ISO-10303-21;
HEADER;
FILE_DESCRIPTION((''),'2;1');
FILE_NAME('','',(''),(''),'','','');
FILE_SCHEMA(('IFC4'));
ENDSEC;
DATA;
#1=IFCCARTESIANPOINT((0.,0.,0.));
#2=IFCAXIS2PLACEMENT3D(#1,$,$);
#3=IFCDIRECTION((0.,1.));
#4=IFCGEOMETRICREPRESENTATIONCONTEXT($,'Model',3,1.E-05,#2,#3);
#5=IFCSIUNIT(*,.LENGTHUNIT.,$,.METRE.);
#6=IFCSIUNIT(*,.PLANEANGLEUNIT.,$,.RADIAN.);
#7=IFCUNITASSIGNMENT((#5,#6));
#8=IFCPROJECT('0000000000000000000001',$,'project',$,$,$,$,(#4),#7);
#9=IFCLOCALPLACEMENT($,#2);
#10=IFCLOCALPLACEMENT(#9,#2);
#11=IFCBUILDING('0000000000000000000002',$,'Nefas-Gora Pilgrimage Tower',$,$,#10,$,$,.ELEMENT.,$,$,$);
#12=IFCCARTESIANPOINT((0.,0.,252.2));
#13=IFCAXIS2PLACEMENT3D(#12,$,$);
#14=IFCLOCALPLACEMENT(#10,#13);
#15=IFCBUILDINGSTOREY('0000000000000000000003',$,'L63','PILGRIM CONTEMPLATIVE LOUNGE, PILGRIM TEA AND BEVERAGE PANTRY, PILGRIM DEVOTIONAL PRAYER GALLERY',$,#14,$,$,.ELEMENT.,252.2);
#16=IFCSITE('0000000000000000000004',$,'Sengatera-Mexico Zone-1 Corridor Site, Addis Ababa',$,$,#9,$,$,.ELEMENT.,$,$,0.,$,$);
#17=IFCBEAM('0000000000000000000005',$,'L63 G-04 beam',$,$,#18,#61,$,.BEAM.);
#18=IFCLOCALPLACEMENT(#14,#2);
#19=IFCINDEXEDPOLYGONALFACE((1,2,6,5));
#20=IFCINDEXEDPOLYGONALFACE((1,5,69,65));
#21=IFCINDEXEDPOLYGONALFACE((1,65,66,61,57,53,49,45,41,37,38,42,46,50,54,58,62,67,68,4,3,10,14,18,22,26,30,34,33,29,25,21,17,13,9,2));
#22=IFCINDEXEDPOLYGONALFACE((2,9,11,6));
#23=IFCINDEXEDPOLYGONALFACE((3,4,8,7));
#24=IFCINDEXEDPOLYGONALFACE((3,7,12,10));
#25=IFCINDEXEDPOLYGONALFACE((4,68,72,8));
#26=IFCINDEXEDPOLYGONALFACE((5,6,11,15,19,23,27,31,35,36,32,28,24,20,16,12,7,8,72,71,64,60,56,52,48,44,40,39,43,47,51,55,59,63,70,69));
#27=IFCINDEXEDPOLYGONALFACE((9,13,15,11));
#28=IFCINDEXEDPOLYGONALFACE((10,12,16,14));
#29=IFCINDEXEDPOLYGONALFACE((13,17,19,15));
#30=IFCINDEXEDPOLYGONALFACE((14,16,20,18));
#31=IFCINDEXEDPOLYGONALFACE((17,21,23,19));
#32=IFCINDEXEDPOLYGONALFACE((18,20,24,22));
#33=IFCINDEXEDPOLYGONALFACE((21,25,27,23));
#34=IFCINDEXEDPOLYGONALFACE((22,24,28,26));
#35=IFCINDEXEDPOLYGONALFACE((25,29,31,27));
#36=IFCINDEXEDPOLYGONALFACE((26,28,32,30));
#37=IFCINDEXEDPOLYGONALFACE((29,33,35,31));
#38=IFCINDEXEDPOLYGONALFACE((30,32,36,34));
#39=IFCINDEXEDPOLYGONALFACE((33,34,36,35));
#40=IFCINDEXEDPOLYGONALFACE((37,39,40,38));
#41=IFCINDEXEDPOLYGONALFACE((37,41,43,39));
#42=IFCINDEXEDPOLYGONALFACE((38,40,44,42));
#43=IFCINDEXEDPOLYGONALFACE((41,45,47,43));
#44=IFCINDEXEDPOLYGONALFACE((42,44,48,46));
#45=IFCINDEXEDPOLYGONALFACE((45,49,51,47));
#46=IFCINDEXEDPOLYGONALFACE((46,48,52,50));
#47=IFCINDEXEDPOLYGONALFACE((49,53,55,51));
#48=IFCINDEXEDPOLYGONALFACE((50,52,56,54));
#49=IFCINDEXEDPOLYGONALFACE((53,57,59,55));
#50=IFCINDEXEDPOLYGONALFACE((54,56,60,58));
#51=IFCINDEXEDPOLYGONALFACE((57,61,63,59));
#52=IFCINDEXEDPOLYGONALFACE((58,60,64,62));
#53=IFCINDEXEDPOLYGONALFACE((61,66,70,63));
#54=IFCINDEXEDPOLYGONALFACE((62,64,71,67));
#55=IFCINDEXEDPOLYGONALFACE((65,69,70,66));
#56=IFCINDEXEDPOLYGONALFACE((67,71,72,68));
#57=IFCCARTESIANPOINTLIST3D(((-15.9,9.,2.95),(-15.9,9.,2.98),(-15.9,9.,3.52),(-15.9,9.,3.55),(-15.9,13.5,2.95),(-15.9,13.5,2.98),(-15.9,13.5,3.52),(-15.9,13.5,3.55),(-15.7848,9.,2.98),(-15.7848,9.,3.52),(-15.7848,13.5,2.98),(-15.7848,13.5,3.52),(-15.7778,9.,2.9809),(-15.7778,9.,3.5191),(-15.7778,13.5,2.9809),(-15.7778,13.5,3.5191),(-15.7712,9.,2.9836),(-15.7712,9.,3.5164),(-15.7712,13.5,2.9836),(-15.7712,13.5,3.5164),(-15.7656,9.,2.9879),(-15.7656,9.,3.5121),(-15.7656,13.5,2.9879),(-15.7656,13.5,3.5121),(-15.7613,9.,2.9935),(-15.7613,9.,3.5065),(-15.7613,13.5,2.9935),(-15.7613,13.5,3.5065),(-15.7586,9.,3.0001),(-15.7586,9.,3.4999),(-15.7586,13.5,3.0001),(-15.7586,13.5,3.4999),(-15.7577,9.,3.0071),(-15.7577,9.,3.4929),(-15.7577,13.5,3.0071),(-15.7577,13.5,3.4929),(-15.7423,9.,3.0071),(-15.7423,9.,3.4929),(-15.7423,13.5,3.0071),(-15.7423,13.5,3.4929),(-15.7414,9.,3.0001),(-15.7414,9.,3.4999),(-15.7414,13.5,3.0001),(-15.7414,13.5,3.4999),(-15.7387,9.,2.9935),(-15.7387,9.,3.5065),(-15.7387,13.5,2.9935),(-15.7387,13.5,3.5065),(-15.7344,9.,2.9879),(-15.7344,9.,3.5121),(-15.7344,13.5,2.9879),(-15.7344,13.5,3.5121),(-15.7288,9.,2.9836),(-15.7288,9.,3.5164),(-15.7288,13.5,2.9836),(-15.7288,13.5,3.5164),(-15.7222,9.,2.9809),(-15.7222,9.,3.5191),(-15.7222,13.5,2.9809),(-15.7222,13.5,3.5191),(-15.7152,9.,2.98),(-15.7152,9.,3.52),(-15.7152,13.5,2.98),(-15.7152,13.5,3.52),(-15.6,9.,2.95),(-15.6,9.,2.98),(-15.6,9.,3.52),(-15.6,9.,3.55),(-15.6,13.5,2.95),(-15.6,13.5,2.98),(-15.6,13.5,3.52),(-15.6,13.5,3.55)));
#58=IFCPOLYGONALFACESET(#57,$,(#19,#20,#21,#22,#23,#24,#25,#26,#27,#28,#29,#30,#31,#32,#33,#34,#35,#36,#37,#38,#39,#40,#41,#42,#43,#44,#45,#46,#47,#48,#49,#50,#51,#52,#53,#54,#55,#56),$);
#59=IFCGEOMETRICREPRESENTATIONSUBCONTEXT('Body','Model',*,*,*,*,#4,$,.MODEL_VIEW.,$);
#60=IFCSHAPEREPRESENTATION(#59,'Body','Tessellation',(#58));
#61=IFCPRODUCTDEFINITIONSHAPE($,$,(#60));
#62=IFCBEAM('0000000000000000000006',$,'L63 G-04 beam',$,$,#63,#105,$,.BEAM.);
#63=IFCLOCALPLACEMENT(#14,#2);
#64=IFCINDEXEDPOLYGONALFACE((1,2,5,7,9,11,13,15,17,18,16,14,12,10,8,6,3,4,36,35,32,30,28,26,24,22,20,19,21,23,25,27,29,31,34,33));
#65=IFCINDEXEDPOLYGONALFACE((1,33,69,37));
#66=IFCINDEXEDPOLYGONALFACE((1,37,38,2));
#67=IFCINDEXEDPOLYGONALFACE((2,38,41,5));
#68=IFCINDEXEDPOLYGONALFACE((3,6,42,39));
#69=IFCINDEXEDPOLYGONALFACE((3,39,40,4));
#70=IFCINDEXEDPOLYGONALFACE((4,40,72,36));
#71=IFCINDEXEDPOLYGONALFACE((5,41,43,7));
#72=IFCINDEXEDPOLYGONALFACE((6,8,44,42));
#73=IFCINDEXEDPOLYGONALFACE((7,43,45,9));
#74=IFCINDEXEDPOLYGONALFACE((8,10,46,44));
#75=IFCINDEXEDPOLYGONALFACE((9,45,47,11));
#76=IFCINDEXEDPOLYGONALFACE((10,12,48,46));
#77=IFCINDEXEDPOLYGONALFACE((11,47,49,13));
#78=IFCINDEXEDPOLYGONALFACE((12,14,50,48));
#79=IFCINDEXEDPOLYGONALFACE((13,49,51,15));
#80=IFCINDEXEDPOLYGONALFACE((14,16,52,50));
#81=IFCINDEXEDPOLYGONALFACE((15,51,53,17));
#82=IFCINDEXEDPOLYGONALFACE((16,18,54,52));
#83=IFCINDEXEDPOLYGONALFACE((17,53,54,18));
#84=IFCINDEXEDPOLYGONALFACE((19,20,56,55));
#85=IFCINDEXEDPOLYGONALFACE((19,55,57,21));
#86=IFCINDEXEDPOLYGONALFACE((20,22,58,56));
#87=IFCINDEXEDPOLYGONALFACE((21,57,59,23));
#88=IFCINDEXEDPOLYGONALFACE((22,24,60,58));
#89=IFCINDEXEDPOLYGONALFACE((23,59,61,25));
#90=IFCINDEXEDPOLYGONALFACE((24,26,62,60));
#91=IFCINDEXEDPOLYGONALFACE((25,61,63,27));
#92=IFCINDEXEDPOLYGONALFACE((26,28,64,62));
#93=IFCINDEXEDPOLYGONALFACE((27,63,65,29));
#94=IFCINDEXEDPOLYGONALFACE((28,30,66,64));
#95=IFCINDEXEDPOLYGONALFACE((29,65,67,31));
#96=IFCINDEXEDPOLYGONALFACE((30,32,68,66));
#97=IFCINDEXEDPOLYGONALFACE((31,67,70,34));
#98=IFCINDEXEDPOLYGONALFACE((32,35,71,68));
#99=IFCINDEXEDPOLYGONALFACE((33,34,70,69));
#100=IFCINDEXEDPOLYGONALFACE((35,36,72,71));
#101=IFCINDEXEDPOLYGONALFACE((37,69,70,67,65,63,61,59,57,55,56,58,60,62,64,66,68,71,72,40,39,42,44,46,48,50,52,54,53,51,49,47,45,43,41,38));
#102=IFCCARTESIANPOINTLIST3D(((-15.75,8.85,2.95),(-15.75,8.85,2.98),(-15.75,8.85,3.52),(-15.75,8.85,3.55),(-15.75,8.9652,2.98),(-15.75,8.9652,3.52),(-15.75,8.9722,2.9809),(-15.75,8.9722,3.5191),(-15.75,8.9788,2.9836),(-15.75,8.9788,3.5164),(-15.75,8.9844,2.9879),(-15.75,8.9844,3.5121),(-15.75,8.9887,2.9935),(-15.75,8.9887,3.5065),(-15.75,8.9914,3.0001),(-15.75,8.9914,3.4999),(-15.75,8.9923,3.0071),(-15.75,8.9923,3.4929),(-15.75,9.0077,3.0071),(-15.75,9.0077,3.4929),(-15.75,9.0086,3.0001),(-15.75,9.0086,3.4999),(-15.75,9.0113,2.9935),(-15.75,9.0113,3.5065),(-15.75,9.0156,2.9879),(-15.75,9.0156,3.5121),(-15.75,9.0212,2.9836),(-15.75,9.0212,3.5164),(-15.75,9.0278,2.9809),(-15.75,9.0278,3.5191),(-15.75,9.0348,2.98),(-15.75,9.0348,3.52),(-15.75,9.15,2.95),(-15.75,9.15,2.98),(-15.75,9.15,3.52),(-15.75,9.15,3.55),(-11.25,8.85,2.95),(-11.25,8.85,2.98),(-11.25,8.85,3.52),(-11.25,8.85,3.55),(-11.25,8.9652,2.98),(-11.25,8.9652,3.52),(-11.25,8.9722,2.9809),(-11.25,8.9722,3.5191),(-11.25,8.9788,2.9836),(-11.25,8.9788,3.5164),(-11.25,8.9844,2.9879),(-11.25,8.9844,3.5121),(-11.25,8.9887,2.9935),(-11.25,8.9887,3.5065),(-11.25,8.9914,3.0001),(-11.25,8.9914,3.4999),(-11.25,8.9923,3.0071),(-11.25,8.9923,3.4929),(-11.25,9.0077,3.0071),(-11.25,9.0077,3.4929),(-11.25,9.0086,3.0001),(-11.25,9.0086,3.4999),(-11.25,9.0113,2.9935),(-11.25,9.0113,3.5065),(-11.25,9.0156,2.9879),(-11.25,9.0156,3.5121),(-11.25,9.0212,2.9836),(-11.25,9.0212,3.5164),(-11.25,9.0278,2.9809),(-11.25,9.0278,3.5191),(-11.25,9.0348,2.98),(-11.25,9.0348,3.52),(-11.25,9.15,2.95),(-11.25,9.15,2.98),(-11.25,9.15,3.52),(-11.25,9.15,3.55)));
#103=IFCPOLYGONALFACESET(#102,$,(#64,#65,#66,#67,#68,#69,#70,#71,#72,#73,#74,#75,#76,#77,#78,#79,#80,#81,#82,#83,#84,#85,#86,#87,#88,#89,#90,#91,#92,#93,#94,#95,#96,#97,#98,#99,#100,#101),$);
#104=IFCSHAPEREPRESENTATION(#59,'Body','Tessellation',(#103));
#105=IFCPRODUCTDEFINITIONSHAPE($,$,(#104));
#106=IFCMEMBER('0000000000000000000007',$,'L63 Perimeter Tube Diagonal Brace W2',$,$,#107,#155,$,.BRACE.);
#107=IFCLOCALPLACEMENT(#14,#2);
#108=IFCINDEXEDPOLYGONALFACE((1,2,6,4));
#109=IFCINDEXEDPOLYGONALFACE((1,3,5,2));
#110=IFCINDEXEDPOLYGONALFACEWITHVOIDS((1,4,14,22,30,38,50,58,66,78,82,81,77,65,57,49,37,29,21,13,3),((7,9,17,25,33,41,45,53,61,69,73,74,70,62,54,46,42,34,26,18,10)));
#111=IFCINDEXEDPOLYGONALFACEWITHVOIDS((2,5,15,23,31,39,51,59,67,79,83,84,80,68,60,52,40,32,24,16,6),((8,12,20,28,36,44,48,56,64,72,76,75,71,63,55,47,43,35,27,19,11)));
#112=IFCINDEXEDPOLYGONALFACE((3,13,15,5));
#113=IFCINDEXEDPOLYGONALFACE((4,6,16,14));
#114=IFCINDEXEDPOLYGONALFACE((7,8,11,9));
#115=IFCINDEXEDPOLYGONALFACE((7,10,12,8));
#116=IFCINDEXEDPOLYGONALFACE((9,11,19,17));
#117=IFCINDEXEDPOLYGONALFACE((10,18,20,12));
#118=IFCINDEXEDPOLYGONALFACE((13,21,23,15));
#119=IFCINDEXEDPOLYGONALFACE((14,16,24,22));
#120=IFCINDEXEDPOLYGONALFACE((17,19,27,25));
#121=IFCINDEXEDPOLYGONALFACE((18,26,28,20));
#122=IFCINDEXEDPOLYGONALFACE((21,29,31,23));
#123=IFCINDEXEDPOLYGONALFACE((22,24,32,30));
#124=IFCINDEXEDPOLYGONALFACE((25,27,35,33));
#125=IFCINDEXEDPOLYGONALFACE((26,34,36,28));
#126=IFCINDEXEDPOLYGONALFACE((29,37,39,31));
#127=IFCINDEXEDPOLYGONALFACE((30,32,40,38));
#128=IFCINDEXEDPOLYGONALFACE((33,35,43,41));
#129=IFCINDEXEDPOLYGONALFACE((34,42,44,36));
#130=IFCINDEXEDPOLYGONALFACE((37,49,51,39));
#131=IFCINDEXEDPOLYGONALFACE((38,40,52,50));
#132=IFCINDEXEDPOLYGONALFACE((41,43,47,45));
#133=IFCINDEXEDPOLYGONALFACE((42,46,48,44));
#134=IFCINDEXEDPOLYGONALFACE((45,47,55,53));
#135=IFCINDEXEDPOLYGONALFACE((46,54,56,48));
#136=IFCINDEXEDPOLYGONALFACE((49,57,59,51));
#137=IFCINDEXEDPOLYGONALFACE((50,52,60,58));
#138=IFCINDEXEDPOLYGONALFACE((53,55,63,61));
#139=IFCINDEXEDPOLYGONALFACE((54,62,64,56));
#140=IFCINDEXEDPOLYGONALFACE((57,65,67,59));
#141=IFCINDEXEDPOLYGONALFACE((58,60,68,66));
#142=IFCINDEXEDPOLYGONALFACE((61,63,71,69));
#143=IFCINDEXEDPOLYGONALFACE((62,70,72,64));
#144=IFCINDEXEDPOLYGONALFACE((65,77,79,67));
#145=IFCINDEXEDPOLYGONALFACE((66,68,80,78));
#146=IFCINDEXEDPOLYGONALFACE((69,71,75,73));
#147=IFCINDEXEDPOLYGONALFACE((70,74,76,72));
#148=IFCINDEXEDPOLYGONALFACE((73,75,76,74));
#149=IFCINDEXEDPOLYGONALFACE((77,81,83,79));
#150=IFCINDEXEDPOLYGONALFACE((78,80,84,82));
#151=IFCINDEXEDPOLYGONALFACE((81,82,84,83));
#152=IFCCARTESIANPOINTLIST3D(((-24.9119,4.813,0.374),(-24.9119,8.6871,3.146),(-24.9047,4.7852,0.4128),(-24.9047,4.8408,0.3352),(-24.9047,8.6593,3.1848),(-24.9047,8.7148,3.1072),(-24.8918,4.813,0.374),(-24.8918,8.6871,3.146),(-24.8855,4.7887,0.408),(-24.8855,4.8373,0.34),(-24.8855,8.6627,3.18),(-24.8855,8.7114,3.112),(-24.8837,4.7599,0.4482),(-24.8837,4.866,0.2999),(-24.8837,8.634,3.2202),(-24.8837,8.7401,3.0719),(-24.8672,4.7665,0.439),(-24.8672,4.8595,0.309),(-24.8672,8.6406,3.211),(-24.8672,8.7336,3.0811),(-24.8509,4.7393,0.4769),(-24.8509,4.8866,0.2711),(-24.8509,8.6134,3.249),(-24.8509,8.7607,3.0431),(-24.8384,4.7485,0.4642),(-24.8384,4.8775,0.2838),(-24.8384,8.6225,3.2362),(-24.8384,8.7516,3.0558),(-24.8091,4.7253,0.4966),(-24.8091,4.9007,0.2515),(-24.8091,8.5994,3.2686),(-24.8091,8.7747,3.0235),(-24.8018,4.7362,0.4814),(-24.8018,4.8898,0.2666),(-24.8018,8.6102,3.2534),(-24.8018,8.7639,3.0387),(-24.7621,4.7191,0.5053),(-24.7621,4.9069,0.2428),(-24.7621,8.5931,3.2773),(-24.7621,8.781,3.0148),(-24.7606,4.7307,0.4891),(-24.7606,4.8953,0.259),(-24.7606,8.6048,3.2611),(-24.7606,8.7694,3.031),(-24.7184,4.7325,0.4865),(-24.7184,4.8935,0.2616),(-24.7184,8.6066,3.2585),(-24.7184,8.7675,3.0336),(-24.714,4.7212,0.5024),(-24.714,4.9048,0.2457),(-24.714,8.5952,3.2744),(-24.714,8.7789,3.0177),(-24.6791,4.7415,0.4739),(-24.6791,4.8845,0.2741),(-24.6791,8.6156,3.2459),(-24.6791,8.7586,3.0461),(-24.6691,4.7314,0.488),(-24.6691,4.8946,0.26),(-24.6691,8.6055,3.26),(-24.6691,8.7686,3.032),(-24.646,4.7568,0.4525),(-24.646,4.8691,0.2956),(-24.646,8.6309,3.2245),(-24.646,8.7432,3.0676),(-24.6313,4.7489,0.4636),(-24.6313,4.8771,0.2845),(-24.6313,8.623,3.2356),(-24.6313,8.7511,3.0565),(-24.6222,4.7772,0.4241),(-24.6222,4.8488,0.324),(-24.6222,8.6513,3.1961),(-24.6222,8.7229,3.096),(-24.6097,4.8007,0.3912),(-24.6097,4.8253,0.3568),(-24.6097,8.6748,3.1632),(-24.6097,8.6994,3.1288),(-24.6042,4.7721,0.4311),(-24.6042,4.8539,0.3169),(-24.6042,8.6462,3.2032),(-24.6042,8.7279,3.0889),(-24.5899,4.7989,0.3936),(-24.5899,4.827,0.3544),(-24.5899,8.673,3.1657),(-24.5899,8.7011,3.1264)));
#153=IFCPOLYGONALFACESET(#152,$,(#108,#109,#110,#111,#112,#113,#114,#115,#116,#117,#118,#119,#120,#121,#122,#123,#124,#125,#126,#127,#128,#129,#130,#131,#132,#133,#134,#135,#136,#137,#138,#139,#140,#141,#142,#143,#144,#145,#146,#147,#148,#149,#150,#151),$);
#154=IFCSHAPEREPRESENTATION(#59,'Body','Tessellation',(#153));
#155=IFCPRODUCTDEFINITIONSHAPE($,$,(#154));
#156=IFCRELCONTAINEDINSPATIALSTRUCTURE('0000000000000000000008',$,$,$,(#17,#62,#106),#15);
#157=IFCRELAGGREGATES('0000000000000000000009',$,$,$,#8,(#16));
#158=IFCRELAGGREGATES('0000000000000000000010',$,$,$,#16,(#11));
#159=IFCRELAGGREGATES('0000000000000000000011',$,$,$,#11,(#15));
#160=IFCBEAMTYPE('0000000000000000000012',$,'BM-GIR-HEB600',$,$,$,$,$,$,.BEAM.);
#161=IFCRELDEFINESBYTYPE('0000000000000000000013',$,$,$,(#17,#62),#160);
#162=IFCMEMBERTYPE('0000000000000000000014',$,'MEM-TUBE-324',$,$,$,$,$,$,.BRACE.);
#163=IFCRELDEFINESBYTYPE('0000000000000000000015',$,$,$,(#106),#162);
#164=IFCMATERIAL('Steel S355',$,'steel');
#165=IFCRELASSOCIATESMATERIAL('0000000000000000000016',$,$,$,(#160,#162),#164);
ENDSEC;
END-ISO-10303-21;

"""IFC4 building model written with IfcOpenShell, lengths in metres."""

from ifc_helpers import new_model, si_unit, direction, frame, origin, origin_2d, place, context, subcontext, project, spatial, hollow_circle, i_section, extrude, source, transform, mapped, material, material_profile, profile_set, type_object, element, save


model = new_model("IFC4")

# Units and contexts
model_context = context("Model", 3, precision=1e-05, world=origin(), true_north=direction((0.0, 1.0)))
body_context = subcontext(model_context, "Body", "Model", "MODEL_VIEW")
ifc_project = project(units=[si_unit("LENGTHUNIT", "METRE"), si_unit("PLANEANGLEUNIT", "RADIAN")], contexts=[model_context])

# Site, building, storey
site_placement = place(None, origin())
site = spatial("IfcSite", under=ifc_project, at=site_placement, Name="Sengatera-Mexico Zone-1 Corridor Site, Addis Ababa", CompositionType="ELEMENT", RefElevation=0.0)
building_placement = place(site_placement, origin())
building = spatial("IfcBuilding", under=site, at=building_placement, Name="Nefas-Gora Pilgrimage Tower", CompositionType="ELEMENT")
storey_placement = place(building_placement, frame((0.0, 0.0, 252.2)))
storey = spatial("IfcBuildingStorey", under=building, at=storey_placement, Name="L63", Description="PILGRIM CONTEMPLATIVE LOUNGE, PILGRIM TEA AND BEVERAGE PANTRY, PILGRIM DEVOTIONAL PRAYER GALLERY", CompositionType="ELEMENT", Elevation=252.2)

# Beams
ifc_material_1 = material(Name="Steel S355", Category="steel")
ifc_material_profile_1 = material_profile(ifc_material_1, i_section(OverallWidth=0.3, OverallDepth=0.6001, WebThickness=0.0154, FlangeThickness=0.03, FilletRadius=0.0271, at=origin_2d()), Name="HEB 600")
ifc_profile_set_1 = profile_set([ifc_material_profile_1], Name="Steel S355")
beam_type_1 = type_object("IfcBeamType", Name="BM-GIR-HEB600", PredefinedType="BEAM", material=ifc_profile_set_1)
shared_shape_1 = source(origin(), body_context, "Body", "SweptSolid", [
    extrude(i_section(OverallWidth=0.3, OverallDepth=0.6001, WebThickness=0.0154, FlangeThickness=0.03, FilletRadius=0.0271, at=origin_2d()), origin(), (0.0, 0.0, 1.0), 4.5),
])
for number, where, z_axis, x_axis, name in (
    (1, (-15.75, 9.0, 3.25), (0.0, 1.0, 0.0), (-1.0, 0.0, 0.0), "L63 G-04 beam"),
    (2, (-15.75, 9.0, 3.25), (1.0, 0.0, 0.0), (0.0, 1.0, 0.0), "L63 G-04 beam"),
):
    element("IfcBeam", number, at=place(storey_placement, frame(where, z_axis=z_axis, x_axis=x_axis)), inside=storey, type_object=beam_type_1, Name=name, PredefinedType="BEAM", context=body_context, shape_type="MappedRepresentation", body=[
        mapped(shared_shape_1, transform((0.0, 0.0, 0.0), x_axis=(1.0, 0.0, 0.0), y_axis=(0.0, 1.0, 0.0), z_axis=(0.0, 0.0, 1.0), scale=1.0)),
    ])

# Member
ifc_material_profile_2 = material_profile(ifc_material_1, hollow_circle(Radius=0.1619, WallThickness=0.02, at=origin_2d()), Name="CHS 323.9x20")
ifc_profile_set_2 = profile_set([ifc_material_profile_2], Name="Steel S355")
member_type_1 = type_object("IfcMemberType", Name="MEM-TUBE-324", PredefinedType="BRACE", material=ifc_profile_set_2)
shared_shape_2 = source(origin(), body_context, "Body", "SweptSolid", [
    extrude(hollow_circle(Radius=0.1619, WallThickness=0.02, at=origin_2d()), origin(), (0.0, 0.0, 1.0), 4.7637),
])
member_1_placement = place(storey_placement, frame((-24.75, 4.813, 0.374), z_axis=(0.0, 0.813255, 0.581907), x_axis=(-1.0, 0.0, 0.0)))
element("IfcMember", 3, at=member_1_placement, inside=storey, type_object=member_type_1, Name="L63 Perimeter Tube Diagonal Brace W2", PredefinedType="BRACE", context=body_context, shape_type="MappedRepresentation", body=[
    mapped(shared_shape_2, transform((0.0, 0.0, 0.0), x_axis=(1.0, 0.0, 0.0), y_axis=(0.0, 1.0, 0.0), z_axis=(0.0, 0.0, 1.0), scale=1.0)),
])

save(model, "model.ifc")
